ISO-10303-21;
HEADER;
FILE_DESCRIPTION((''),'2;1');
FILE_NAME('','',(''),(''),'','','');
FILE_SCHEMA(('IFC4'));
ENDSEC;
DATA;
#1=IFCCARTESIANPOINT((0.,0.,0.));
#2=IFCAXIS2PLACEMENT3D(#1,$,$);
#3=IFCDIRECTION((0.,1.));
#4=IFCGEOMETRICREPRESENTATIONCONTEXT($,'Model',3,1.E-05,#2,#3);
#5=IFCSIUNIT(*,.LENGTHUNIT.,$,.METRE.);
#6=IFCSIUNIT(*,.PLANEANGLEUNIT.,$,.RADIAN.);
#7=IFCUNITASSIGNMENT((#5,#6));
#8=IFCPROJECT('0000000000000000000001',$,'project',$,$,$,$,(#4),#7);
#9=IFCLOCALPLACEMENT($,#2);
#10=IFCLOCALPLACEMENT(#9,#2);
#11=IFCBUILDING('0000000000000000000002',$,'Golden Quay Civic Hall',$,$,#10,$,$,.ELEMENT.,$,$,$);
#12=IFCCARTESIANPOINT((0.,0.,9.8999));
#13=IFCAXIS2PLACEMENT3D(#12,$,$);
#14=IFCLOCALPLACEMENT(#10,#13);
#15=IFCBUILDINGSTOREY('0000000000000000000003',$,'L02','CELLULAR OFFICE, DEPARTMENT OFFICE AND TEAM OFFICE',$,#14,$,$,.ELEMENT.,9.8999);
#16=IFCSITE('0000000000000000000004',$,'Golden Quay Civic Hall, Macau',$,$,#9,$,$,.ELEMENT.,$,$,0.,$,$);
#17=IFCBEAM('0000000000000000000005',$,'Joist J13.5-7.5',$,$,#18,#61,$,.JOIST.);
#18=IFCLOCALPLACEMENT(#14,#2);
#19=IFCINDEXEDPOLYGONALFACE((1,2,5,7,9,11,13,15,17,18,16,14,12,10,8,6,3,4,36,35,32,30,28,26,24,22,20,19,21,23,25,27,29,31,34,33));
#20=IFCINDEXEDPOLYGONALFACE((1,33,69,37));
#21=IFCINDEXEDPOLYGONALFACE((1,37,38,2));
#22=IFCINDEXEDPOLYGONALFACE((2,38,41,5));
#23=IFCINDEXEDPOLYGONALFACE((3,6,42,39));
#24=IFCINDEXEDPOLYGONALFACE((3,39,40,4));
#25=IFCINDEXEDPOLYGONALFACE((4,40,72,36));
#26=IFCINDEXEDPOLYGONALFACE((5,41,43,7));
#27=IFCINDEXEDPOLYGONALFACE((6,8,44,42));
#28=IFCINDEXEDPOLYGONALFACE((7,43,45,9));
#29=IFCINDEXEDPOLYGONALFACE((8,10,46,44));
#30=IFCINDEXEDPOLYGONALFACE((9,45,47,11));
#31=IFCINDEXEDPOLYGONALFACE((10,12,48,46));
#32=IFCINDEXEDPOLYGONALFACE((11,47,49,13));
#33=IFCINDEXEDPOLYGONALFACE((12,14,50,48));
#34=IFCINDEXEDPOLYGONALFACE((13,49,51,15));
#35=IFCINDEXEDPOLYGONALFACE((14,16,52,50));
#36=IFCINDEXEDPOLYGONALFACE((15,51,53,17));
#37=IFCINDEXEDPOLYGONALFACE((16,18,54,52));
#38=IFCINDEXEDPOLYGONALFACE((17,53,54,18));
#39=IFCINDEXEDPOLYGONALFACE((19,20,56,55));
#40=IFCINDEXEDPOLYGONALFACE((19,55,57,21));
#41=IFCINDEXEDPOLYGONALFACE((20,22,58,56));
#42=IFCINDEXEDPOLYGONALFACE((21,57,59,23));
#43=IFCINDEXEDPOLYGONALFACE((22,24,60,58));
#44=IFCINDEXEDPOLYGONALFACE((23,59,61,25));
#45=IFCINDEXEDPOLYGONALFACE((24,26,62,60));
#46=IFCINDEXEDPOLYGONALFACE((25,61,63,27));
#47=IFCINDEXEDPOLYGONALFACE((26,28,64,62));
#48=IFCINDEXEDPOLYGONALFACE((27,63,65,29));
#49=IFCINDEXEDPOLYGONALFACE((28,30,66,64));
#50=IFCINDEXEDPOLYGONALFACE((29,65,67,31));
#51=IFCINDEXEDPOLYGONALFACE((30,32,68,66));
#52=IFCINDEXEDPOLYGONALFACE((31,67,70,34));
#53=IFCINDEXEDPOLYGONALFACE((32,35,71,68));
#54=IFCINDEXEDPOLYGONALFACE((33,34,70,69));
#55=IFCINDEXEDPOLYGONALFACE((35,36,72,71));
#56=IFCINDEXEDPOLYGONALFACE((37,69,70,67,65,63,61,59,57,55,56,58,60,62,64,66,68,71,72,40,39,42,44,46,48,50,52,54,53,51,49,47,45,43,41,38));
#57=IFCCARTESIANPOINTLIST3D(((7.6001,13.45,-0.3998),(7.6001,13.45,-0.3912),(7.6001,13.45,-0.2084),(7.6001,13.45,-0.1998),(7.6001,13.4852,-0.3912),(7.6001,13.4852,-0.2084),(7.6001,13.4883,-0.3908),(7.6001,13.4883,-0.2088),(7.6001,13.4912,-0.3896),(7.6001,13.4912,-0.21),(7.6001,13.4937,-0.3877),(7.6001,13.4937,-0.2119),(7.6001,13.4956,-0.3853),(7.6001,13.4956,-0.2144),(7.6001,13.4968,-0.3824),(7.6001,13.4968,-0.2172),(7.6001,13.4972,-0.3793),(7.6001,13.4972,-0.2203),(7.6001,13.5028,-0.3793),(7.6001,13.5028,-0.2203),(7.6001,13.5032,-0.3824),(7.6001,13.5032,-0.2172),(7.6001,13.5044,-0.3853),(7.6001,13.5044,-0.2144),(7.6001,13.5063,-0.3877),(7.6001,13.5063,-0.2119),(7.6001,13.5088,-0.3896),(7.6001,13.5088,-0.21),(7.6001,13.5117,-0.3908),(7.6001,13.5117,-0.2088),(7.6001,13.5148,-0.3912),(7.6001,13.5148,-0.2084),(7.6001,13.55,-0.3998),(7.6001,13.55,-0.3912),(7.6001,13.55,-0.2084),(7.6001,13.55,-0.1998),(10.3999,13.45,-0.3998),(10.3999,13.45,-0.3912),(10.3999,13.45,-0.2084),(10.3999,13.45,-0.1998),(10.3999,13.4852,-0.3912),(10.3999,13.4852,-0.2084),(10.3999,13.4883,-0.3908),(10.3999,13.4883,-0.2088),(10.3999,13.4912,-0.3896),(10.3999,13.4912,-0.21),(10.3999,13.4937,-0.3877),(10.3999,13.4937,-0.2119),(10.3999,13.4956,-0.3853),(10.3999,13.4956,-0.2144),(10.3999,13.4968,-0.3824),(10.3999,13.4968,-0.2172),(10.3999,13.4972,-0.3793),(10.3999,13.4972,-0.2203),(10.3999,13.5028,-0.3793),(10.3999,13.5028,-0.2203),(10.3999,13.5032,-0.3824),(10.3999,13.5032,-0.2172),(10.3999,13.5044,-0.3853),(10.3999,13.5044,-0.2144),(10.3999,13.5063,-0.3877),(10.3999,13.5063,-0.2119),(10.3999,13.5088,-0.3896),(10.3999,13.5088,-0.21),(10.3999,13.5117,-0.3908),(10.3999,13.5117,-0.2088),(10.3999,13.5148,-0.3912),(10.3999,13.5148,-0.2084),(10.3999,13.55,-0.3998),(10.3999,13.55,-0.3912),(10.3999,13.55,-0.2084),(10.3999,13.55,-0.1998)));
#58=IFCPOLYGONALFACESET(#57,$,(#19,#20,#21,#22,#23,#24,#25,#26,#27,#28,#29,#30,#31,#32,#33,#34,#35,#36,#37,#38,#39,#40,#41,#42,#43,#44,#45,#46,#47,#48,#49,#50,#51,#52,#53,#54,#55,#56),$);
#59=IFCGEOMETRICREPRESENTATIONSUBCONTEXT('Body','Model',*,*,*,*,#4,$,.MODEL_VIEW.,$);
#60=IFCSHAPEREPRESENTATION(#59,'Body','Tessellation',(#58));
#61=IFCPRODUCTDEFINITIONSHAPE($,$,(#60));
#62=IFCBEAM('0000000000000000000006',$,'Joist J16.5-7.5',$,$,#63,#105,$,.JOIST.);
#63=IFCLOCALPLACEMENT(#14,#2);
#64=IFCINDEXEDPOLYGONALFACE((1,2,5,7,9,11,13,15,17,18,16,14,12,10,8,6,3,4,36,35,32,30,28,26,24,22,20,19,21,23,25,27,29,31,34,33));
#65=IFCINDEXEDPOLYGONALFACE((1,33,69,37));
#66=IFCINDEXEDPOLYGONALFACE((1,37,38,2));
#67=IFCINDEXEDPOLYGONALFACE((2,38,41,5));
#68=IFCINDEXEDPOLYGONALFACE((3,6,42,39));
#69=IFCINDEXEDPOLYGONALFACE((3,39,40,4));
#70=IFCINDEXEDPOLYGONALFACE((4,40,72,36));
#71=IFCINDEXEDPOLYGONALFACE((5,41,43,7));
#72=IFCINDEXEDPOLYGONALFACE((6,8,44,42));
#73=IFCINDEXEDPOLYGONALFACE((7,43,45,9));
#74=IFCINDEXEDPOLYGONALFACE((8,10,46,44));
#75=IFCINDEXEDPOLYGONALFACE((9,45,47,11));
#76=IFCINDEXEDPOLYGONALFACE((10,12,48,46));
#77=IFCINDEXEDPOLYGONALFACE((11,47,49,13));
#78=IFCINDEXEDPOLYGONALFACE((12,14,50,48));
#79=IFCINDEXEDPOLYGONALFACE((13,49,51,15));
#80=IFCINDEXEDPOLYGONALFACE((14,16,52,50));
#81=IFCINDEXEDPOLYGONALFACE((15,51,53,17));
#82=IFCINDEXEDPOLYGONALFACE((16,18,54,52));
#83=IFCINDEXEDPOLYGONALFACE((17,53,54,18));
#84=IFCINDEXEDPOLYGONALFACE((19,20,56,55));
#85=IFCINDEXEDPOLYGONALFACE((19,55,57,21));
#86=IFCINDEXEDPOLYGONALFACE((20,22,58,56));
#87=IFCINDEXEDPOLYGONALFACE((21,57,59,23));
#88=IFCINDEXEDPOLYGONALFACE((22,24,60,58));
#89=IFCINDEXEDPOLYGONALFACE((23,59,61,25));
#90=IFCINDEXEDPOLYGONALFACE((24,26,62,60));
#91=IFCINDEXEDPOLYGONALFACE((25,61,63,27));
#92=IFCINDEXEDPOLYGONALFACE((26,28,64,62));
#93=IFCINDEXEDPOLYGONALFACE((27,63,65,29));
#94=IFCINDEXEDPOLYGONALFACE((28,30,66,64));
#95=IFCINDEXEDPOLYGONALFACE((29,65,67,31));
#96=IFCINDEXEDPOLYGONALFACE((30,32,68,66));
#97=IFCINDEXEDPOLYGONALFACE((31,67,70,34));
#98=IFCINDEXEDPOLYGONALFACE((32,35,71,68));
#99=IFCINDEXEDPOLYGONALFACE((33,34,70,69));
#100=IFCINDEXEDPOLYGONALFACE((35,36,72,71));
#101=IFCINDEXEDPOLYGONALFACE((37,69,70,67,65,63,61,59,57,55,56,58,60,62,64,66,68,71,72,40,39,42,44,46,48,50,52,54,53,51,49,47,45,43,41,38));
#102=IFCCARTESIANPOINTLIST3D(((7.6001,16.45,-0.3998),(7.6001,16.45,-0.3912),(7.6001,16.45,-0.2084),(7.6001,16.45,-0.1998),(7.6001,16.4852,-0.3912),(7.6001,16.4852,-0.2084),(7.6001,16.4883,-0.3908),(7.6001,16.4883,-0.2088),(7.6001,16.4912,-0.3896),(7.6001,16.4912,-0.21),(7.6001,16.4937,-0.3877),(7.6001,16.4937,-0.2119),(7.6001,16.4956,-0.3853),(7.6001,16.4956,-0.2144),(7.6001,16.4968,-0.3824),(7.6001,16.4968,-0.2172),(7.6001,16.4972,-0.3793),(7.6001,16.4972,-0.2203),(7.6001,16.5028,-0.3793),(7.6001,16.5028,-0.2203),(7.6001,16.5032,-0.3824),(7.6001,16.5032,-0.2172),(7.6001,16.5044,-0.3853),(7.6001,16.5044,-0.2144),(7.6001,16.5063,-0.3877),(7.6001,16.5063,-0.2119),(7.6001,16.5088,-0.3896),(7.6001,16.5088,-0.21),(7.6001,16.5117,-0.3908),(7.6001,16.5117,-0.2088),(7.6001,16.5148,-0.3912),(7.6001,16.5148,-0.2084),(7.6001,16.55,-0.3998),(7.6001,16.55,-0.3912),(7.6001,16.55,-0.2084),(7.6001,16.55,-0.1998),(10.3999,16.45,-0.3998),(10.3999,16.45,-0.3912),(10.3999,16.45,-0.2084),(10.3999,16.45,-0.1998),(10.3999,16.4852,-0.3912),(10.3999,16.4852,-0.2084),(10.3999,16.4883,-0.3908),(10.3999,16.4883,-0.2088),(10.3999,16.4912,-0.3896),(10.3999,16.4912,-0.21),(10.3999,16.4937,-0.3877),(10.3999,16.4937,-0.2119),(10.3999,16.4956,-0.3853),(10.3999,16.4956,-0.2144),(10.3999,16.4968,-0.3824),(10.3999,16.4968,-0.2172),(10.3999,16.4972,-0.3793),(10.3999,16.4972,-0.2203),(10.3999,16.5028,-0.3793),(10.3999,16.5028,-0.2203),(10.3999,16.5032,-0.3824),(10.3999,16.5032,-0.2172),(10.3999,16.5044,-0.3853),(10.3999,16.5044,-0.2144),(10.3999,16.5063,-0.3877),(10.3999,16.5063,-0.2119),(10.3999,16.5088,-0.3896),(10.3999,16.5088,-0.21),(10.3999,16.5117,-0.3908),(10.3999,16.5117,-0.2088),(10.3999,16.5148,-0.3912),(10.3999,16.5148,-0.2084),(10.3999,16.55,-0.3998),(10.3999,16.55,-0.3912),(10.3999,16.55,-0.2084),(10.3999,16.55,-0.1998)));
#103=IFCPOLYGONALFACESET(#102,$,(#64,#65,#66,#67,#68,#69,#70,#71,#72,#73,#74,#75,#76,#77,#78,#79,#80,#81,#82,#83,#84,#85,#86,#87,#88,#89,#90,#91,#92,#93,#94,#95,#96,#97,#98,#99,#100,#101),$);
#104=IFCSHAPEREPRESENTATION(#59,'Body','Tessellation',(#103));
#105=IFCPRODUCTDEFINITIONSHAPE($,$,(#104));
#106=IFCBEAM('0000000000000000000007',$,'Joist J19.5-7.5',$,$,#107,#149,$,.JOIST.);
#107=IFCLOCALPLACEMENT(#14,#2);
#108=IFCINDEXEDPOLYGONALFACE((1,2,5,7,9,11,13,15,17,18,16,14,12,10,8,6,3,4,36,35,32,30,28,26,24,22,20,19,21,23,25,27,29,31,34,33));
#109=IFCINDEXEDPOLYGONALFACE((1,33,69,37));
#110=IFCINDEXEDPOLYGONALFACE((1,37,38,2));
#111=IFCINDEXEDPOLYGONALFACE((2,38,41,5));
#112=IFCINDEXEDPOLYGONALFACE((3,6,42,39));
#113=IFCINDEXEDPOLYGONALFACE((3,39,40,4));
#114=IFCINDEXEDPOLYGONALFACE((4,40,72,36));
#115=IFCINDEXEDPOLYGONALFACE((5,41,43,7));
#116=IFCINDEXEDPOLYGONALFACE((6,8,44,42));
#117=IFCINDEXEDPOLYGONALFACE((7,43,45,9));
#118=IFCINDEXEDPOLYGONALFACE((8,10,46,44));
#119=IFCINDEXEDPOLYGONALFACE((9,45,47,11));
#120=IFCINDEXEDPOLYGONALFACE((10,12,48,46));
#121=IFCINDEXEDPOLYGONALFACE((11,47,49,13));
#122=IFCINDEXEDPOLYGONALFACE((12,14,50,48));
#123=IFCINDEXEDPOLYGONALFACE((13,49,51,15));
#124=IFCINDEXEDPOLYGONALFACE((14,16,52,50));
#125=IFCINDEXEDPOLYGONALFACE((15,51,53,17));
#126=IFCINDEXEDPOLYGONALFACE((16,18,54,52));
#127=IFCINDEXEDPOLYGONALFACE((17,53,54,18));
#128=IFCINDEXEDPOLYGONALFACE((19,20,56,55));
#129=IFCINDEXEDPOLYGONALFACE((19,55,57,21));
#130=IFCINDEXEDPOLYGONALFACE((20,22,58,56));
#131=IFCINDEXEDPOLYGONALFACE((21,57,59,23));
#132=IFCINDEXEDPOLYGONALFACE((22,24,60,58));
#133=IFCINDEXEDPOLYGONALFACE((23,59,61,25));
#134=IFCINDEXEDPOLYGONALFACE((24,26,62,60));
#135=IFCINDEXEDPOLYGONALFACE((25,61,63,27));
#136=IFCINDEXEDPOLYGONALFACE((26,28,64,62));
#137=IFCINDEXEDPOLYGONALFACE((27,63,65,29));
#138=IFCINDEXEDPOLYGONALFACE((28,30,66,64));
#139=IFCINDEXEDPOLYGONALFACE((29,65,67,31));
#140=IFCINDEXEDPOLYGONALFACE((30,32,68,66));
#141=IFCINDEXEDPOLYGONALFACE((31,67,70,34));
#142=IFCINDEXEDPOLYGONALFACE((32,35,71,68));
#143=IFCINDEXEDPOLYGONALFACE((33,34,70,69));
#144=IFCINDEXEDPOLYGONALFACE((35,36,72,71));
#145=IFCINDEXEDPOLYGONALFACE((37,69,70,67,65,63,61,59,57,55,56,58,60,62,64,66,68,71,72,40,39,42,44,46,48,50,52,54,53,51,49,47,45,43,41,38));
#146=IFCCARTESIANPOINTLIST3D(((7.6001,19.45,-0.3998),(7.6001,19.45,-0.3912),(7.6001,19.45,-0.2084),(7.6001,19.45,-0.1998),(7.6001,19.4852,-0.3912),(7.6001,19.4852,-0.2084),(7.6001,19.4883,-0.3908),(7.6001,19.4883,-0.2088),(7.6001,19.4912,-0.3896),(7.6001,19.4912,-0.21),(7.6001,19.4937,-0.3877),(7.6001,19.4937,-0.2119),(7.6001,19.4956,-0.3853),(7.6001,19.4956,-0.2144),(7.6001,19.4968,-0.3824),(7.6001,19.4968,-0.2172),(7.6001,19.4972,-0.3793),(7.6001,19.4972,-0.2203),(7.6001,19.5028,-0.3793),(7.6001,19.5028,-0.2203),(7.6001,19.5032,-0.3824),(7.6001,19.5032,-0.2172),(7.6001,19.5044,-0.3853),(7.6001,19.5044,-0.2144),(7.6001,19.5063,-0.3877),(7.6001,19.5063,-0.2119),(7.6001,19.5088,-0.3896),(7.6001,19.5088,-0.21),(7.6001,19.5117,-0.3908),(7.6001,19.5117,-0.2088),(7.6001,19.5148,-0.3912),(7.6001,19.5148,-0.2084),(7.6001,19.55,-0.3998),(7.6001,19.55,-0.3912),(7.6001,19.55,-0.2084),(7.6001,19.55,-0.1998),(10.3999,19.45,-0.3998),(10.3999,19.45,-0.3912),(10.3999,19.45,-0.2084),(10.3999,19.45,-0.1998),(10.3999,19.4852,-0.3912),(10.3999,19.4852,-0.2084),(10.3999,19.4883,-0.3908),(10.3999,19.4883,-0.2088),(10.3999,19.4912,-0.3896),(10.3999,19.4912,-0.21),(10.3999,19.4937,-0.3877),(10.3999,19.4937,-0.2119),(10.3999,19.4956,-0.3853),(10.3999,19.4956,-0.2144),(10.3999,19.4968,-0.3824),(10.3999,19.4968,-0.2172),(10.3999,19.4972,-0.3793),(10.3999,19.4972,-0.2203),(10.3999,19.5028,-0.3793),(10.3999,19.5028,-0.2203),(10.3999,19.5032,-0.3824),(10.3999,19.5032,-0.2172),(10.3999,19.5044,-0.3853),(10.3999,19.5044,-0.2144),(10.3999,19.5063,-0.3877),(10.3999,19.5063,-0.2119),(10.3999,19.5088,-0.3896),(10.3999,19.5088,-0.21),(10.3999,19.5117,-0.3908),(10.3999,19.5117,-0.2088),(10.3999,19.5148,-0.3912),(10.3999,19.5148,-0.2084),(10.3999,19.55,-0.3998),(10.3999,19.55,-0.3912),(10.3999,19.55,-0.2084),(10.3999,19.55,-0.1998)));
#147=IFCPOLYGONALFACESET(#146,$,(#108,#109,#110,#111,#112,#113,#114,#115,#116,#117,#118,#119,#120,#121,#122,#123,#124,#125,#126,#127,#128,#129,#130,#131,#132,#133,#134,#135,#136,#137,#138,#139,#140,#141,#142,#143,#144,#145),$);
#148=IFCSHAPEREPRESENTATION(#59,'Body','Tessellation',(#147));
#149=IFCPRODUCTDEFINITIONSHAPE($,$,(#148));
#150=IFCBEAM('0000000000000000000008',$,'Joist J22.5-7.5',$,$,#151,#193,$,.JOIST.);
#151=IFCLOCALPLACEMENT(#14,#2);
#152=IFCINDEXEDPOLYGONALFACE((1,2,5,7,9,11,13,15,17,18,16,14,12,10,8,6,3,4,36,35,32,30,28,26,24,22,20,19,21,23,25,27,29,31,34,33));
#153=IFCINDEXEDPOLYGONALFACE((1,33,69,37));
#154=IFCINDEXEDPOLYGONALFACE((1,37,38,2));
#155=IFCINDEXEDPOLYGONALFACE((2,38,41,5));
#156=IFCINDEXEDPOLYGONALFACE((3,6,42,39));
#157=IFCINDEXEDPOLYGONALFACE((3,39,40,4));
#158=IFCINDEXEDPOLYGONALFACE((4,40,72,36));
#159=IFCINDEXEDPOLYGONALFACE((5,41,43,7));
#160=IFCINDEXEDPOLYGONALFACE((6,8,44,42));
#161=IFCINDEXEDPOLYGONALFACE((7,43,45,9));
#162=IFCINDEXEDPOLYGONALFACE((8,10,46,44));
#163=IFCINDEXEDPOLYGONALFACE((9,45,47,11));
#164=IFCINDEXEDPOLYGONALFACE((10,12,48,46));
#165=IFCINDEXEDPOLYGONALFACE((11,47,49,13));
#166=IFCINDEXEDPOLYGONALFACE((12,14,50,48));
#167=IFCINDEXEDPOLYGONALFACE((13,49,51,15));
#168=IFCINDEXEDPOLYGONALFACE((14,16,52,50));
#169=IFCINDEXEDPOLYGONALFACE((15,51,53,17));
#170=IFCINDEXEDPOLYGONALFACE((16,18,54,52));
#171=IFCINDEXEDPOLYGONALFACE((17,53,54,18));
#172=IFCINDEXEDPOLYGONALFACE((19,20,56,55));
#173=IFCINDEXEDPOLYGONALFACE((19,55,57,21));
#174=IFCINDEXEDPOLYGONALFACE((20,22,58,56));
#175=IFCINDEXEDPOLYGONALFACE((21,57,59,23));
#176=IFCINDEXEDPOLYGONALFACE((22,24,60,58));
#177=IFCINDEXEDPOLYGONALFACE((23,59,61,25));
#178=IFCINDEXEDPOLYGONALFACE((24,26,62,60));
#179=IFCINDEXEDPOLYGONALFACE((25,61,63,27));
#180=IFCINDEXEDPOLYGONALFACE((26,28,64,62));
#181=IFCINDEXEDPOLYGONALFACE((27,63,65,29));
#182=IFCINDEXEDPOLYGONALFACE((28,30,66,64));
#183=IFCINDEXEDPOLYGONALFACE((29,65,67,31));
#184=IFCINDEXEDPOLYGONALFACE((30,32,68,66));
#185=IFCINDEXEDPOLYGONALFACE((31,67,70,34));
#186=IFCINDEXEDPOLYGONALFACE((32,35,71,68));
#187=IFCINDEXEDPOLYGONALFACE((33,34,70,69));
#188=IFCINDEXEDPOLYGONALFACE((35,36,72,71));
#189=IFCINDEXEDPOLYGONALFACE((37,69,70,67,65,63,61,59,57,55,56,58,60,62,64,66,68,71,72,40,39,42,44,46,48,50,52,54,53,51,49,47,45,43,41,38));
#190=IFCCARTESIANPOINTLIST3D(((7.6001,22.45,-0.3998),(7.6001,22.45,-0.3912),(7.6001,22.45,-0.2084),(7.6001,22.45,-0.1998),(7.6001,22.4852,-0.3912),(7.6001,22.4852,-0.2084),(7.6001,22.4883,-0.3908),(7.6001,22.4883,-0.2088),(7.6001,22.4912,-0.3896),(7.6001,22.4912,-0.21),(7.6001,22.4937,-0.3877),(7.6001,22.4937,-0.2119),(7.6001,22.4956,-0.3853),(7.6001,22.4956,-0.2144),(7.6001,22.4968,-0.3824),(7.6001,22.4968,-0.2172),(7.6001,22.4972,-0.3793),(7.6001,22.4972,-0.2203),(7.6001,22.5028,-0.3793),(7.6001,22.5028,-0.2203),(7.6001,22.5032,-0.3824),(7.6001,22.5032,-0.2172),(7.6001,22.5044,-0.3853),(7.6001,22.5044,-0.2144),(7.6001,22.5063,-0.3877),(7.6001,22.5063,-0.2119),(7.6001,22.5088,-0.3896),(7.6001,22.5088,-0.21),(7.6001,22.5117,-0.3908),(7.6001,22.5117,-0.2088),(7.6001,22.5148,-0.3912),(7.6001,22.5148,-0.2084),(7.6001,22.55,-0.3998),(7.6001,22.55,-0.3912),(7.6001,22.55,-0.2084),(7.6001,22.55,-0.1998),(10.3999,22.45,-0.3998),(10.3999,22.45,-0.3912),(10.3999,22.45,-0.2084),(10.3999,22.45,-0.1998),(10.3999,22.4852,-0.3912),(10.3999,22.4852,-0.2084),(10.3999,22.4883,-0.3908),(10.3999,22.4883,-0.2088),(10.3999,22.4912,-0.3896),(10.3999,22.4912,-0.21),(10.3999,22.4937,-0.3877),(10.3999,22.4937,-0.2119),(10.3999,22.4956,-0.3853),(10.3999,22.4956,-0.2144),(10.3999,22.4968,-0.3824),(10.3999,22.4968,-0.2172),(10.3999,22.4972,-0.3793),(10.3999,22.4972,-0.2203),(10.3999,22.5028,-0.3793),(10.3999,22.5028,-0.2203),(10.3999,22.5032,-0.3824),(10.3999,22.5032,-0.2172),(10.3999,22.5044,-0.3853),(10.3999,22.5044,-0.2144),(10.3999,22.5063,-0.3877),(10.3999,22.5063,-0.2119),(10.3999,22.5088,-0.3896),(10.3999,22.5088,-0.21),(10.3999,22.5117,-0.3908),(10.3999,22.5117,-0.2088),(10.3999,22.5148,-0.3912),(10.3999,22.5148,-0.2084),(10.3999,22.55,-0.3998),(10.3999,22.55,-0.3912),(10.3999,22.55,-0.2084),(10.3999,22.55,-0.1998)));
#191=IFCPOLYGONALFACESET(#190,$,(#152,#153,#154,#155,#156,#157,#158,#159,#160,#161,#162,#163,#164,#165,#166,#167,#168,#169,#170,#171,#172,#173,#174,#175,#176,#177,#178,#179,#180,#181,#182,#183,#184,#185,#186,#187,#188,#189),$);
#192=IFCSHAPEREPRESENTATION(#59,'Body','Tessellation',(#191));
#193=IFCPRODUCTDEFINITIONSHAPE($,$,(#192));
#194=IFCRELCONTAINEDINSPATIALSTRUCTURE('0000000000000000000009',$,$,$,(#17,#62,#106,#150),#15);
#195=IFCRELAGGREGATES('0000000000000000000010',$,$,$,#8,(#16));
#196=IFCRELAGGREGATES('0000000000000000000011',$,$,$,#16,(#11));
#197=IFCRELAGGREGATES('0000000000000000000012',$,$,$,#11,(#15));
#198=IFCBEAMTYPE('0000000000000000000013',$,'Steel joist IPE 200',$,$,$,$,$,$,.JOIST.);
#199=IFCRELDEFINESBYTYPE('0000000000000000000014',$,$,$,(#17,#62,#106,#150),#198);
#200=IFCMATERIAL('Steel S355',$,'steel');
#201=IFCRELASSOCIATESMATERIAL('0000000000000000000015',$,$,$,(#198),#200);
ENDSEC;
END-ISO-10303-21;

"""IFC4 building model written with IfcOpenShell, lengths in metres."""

from ifc_helpers import new_model, si_unit, direction, frame, origin, origin_2d, place, context, subcontext, project, spatial, i_section, extrude, material, material_profile, profile_set, type_object, element, save


model = new_model("IFC4")

# Units and contexts
model_context = context("Model", 3, precision=1e-05, world=origin(), true_north=direction((0.0, 1.0)))
body_context = subcontext(model_context, "Body", "Model", "MODEL_VIEW")
ifc_project = project(units=[si_unit("LENGTHUNIT", "METRE"), si_unit("PLANEANGLEUNIT", "RADIAN")], contexts=[model_context])

# Site, building, storey
site_placement = place(None, origin())
site = spatial("IfcSite", under=ifc_project, at=site_placement, Name="Golden Quay Civic Hall, Macau", CompositionType="ELEMENT", RefElevation=0.0)
building_placement = place(site_placement, origin())
building = spatial("IfcBuilding", under=site, at=building_placement, Name="Golden Quay Civic Hall", CompositionType="ELEMENT")
storey_placement = place(building_placement, frame((0.0, 0.0, 9.8999)))
storey = spatial("IfcBuildingStorey", under=building, at=storey_placement, Name="L02", Description="CELLULAR OFFICE, DEPARTMENT OFFICE AND TEAM OFFICE", CompositionType="ELEMENT", Elevation=9.8999)

# Beams
ifc_material_1 = material(Name="Steel S355", Category="steel")
ifc_material_profile_1 = material_profile(ifc_material_1, i_section(OverallWidth=0.1001, OverallDepth=0.2, WebThickness=0.0056, FlangeThickness=0.0085, FilletRadius=0.012, at=origin_2d()), Name="IPE 200")
ifc_profile_set_1 = profile_set([ifc_material_profile_1], Name="Steel S355")
beam_type_1 = type_object("IfcBeamType", Name="Steel joist IPE 200", PredefinedType="JOIST", material=ifc_profile_set_1)
for number, where, z_axis, x_axis, name in (
    (1, (7.6001, 13.5, -0.2998), (1.0, 0.0, 0.0), (0.0, 1.0, 0.0), "Joist J13.5-7.5"),
    (2, (7.6001, 16.5, -0.2998), (1.0, 0.0, 0.0), (0.0, 1.0, 0.0), "Joist J16.5-7.5"),
    (3, (7.6001, 19.5, -0.2998), (1.0, 0.0, 0.0), (0.0, 1.0, 0.0), "Joist J19.5-7.5"),
    (4, (7.6001, 22.5, -0.2998), (1.0, 0.0, 0.0), (0.0, 1.0, 0.0), "Joist J22.5-7.5"),
):
    element("IfcBeam", number, at=place(storey_placement, frame(where, z_axis=z_axis, x_axis=x_axis)), inside=storey, type_object=beam_type_1, Name=name, PredefinedType="JOIST", context=body_context, shape_type="SweptSolid", body=[
        extrude(i_section(OverallWidth=0.1001, OverallDepth=0.2, WebThickness=0.0056, FlangeThickness=0.0085, FilletRadius=0.012, at=origin_2d()), origin(), (0.0, 0.0, 1.0), 2.7998),
    ])

save(model, "model.ifc")
